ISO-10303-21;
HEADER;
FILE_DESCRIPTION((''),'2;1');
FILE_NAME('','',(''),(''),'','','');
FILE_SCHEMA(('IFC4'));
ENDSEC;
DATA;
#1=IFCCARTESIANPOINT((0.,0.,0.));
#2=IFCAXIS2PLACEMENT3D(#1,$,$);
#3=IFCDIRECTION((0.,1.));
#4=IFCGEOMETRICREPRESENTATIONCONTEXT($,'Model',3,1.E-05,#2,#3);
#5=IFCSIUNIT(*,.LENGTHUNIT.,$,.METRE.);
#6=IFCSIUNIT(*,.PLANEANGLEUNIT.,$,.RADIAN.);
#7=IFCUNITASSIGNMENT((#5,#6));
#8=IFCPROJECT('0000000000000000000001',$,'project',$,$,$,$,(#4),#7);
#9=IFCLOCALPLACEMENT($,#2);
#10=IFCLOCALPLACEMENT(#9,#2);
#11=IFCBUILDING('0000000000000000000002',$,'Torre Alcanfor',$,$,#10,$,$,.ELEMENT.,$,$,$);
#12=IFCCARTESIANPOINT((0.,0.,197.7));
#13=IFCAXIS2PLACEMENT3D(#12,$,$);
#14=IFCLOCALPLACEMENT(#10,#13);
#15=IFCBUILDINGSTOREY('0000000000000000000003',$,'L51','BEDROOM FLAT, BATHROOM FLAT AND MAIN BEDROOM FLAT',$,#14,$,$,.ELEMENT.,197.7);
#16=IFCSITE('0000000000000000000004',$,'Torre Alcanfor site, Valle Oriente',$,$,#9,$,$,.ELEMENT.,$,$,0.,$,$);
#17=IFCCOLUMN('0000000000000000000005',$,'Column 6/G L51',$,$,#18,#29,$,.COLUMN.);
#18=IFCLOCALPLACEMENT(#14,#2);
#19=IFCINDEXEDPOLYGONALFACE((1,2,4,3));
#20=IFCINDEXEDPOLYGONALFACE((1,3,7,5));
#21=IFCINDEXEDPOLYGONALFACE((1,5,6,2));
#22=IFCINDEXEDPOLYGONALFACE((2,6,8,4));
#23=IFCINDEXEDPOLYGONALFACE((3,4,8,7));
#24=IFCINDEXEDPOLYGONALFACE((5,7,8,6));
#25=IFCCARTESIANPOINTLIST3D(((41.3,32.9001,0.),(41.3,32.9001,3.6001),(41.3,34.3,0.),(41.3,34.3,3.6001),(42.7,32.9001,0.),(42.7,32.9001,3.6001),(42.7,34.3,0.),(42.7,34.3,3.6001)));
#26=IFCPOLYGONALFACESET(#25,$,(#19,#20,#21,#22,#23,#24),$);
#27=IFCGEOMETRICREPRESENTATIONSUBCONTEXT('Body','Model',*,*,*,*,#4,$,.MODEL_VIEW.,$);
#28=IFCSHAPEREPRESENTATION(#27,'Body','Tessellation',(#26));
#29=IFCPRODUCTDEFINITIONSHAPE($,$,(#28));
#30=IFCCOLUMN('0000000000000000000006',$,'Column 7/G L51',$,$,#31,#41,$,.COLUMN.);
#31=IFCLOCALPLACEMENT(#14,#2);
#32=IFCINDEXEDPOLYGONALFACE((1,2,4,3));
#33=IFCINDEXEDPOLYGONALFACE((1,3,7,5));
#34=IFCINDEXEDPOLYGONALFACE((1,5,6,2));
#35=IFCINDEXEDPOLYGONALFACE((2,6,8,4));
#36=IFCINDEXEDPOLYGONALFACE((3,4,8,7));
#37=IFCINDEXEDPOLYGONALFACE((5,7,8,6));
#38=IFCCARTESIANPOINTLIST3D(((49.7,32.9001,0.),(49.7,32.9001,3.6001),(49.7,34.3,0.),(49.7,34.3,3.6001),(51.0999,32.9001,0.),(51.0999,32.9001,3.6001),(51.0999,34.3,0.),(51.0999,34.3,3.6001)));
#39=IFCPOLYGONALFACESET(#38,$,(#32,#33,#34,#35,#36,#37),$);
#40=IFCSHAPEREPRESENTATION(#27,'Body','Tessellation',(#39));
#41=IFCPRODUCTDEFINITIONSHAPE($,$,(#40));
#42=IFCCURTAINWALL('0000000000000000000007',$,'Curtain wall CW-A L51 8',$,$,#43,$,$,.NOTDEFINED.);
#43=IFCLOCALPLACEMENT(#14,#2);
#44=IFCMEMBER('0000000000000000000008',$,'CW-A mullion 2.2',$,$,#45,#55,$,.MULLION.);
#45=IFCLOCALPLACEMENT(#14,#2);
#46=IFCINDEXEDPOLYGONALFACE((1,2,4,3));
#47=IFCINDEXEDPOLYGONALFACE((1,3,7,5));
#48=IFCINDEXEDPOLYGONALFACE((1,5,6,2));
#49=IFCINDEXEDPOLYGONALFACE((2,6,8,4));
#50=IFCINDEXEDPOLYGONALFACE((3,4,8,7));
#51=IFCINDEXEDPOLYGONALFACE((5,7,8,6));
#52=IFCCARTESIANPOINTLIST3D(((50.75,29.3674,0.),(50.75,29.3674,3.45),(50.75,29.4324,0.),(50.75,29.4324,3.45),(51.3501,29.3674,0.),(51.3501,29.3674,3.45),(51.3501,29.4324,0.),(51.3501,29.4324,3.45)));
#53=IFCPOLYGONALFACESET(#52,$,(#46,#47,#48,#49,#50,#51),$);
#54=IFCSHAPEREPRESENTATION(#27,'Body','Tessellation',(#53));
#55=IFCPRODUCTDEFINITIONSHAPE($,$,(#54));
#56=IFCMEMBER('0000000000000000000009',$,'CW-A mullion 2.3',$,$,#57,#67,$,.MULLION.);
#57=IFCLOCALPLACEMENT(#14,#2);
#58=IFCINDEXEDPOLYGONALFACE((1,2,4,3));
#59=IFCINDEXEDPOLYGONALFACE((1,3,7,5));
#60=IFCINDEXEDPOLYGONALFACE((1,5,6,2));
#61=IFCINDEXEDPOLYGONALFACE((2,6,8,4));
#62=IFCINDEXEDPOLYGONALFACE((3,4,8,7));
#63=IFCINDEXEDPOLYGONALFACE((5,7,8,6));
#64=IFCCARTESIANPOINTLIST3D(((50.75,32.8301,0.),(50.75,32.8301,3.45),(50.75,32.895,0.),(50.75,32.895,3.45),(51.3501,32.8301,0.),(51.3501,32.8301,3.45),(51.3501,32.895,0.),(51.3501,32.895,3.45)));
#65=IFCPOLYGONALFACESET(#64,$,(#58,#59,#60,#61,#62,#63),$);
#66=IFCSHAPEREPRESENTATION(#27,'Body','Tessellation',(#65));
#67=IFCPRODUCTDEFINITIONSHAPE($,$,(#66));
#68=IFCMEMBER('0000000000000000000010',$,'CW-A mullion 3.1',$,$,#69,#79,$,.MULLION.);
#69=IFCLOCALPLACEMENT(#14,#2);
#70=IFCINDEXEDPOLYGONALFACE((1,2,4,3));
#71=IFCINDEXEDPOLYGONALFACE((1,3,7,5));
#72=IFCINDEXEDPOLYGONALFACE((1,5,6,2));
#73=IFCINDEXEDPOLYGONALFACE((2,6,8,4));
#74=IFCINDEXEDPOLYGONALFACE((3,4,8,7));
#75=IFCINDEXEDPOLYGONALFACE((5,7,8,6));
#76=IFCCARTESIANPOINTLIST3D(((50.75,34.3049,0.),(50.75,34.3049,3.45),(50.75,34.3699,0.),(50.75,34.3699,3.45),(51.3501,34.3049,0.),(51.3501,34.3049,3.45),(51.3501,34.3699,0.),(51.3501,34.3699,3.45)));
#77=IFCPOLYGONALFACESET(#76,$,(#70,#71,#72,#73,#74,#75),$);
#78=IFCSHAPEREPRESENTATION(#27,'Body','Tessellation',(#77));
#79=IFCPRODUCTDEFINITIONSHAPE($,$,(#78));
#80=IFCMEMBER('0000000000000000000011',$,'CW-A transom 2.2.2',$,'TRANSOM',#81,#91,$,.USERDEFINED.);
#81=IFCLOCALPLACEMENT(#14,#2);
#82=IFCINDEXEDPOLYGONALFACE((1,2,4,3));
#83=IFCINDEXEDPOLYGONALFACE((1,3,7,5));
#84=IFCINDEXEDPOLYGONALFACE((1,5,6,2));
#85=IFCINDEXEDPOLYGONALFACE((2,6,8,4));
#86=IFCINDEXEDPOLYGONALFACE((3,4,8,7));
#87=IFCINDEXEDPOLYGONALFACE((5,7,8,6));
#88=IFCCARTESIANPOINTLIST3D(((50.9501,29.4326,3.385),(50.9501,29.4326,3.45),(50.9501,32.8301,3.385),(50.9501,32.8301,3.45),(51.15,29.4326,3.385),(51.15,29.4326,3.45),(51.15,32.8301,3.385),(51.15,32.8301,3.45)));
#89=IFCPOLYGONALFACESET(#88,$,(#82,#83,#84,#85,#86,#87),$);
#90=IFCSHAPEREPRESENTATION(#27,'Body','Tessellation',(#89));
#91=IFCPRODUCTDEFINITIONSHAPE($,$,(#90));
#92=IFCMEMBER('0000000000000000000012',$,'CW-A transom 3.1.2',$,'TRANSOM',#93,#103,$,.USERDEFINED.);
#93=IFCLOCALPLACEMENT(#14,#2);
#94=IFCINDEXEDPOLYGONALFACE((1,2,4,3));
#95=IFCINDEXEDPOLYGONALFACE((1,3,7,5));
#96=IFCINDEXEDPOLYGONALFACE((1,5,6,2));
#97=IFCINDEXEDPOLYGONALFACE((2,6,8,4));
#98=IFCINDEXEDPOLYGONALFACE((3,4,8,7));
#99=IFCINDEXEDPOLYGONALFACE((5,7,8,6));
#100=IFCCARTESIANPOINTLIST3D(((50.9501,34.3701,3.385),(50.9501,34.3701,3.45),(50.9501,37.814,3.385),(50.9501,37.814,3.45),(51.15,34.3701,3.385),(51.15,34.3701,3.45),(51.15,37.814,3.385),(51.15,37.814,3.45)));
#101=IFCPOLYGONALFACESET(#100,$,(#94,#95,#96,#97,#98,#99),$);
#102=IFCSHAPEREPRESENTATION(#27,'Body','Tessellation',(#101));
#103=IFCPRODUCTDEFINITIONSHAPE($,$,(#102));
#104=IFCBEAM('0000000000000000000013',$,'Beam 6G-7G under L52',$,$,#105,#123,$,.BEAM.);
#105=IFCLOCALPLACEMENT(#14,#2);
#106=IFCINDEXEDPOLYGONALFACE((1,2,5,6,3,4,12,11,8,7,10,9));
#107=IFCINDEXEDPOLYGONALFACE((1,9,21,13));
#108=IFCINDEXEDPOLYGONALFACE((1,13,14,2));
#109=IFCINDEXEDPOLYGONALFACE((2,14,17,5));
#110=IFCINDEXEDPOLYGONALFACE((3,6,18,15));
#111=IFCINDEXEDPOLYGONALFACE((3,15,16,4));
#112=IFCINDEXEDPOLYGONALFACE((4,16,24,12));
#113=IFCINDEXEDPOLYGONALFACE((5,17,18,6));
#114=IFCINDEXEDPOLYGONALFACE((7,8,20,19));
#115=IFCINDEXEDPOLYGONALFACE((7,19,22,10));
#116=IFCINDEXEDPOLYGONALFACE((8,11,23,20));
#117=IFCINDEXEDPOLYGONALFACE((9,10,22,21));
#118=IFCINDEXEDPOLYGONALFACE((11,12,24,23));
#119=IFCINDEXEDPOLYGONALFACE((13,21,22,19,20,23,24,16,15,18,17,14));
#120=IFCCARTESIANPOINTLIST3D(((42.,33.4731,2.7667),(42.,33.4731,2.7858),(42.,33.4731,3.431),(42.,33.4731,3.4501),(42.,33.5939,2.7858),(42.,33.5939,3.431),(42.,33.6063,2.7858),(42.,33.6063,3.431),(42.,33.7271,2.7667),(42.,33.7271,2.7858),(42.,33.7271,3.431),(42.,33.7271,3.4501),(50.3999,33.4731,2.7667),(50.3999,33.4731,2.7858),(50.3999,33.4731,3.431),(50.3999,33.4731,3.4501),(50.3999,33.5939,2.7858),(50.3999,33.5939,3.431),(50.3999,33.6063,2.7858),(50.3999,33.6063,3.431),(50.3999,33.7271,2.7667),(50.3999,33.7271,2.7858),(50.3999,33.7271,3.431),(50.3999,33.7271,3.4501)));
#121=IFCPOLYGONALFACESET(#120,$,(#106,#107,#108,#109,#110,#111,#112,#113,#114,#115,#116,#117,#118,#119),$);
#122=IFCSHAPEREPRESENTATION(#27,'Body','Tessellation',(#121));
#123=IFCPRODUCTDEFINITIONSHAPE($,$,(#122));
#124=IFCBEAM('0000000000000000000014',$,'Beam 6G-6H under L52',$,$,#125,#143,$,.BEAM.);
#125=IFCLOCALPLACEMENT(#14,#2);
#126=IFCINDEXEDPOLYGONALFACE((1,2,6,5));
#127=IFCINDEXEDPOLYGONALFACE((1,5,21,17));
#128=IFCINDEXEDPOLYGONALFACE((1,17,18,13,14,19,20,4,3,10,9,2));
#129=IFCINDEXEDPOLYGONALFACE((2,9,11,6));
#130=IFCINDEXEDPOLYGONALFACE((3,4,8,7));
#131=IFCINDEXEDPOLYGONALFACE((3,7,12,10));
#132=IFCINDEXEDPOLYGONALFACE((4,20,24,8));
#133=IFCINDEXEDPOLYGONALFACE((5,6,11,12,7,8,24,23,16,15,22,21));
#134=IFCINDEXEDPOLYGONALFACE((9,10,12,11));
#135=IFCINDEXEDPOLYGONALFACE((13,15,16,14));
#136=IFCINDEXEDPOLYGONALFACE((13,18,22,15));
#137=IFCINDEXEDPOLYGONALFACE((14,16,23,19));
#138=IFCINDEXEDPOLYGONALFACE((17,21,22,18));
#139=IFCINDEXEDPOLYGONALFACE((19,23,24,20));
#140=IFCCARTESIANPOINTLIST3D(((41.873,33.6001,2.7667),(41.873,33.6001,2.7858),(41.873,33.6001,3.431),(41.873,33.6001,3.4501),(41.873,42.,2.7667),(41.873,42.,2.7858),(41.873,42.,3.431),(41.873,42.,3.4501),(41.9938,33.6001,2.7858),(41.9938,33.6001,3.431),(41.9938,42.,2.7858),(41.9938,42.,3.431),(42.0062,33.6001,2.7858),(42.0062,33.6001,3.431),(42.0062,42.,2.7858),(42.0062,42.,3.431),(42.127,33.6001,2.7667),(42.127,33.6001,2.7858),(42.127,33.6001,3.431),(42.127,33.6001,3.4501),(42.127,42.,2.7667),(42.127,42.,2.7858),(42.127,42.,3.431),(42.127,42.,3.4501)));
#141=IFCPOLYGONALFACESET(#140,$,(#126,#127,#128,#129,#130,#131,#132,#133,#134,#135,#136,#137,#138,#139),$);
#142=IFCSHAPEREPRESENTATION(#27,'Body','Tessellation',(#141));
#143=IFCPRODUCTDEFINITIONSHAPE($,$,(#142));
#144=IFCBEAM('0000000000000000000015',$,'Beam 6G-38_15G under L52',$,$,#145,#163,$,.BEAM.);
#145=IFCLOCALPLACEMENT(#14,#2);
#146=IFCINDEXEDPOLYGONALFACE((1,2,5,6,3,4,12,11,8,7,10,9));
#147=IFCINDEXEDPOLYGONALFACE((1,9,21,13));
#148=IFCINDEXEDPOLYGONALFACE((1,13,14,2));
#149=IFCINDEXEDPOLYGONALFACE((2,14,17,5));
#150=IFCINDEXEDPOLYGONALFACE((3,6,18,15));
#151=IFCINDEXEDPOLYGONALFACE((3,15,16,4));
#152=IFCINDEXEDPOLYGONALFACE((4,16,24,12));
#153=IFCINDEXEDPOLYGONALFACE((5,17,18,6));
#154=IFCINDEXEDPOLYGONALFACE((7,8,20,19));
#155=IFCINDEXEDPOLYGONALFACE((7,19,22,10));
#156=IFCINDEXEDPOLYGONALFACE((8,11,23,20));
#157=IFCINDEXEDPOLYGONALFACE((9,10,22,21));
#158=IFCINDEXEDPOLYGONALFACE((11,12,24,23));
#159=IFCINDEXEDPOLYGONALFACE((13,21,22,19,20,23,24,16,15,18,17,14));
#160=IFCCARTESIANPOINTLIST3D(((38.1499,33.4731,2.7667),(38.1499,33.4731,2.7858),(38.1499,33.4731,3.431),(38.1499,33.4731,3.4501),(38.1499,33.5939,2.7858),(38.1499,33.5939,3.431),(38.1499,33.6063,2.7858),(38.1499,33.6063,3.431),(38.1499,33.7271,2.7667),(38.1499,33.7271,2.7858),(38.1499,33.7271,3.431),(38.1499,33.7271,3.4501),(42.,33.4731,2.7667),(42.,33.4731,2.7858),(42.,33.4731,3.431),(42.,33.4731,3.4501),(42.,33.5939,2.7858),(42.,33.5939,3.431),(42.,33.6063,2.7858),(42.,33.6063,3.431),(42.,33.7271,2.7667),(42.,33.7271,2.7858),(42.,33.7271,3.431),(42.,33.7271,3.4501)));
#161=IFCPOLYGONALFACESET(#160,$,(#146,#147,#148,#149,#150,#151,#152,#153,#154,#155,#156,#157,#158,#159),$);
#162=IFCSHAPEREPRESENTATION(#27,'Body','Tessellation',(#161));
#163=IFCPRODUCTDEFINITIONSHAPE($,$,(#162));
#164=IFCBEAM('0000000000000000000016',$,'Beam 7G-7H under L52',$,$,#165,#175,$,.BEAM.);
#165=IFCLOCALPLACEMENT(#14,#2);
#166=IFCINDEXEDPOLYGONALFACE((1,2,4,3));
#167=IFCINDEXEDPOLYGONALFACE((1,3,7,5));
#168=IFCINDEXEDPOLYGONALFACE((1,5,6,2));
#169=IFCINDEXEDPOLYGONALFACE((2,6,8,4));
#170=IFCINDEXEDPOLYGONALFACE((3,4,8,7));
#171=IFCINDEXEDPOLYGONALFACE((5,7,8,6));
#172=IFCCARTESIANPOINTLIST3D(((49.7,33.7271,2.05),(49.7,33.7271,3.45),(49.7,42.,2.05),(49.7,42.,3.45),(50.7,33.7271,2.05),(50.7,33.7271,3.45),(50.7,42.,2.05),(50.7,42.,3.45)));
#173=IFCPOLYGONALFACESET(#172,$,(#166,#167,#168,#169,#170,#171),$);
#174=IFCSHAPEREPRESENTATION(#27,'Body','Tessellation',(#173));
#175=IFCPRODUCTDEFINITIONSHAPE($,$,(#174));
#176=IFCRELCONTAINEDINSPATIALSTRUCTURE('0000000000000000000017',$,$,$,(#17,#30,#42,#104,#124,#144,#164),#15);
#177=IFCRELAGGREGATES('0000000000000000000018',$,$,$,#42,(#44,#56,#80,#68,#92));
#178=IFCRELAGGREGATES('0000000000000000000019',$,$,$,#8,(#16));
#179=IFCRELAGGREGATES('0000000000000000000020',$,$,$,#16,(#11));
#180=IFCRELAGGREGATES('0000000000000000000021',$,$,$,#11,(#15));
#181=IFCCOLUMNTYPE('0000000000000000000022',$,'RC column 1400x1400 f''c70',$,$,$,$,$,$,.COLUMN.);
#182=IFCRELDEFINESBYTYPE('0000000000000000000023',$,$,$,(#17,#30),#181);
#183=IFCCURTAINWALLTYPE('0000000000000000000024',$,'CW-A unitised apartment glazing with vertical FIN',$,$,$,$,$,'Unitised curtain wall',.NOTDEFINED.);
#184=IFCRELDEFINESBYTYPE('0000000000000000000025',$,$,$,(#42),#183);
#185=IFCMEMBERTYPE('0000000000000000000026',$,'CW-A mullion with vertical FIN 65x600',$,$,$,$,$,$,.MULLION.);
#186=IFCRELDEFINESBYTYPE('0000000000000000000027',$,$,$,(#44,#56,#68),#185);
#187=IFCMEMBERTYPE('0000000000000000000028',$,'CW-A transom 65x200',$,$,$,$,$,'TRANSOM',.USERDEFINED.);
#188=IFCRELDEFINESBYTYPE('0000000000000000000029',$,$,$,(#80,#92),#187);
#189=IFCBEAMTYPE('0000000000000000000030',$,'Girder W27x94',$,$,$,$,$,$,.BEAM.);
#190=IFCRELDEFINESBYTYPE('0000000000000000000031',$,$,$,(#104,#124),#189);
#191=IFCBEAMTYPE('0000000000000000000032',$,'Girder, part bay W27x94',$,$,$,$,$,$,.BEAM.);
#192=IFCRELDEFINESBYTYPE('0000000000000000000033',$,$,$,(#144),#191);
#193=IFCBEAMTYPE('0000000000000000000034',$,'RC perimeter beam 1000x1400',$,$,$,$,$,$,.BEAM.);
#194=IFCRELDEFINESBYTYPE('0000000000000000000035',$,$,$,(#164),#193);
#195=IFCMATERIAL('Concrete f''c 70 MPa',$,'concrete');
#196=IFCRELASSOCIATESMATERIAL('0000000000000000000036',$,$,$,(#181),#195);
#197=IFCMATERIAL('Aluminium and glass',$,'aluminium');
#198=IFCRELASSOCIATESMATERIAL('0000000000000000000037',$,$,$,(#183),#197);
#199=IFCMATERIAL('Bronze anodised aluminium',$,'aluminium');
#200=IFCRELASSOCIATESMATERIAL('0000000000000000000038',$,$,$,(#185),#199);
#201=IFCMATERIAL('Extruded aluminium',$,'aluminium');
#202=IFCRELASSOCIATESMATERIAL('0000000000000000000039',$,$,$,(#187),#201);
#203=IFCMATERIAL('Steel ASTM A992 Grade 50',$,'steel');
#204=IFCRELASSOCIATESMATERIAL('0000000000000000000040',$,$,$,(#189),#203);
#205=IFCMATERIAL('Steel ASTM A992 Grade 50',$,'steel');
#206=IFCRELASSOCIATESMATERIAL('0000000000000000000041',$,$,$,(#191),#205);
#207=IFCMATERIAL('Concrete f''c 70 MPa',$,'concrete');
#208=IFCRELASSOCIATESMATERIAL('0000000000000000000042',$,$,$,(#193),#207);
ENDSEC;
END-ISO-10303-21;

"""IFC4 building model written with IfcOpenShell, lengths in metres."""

from ifc_helpers import new_model, si_unit, direction, frame, origin, origin_2d, place, context, subcontext, project, spatial, rectangle, i_section, extrude, material, material_profile, profile_set, type_object, element, aggregate, save


model = new_model("IFC4")

# Units and contexts
model_context = context("Model", 3, precision=1e-05, world=origin(), true_north=direction((0.0, 1.0)))
body_context = subcontext(model_context, "Body", "Model", "MODEL_VIEW")
ifc_project = project(units=[si_unit("LENGTHUNIT", "METRE"), si_unit("PLANEANGLEUNIT", "RADIAN")], contexts=[model_context])

# Site, building, storey
site_placement = place(None, origin())
site = spatial("IfcSite", under=ifc_project, at=site_placement, Name="Torre Alcanfor site, Valle Oriente", CompositionType="ELEMENT", RefElevation=0.0)
building_placement = place(site_placement, origin())
building = spatial("IfcBuilding", under=site, at=building_placement, Name="Torre Alcanfor", CompositionType="ELEMENT")
storey_placement = place(building_placement, frame((0.0, 0.0, 197.7)))
storey = spatial("IfcBuildingStorey", under=building, at=storey_placement, Name="L51", Description="BEDROOM FLAT, BATHROOM FLAT AND MAIN BEDROOM FLAT", CompositionType="ELEMENT", Elevation=197.7)

# Columns
ifc_material_1 = material(Name="Concrete f'c 70 MPa", Category="concrete")
ifc_material_profile_1 = material_profile(ifc_material_1, rectangle(XDim=1.3999, YDim=1.3999, at=origin_2d()), Name="1400x1400")
ifc_profile_set_1 = profile_set([ifc_material_profile_1], Name="Concrete f'c 70 MPa")
column_type = type_object("IfcColumnType", Name="RC column 1400x1400 f'c70", PredefinedType="COLUMN", material=ifc_profile_set_1)
for number, where, z_axis, x_axis, name in (
    (1, (42.0, 33.6001, 0.0), (0.0, 0.0, 1.0), (1.0, 0.0, 0.0), "Column 6/G L51"),
    (2, (50.3999, 33.6001, 0.0), (0.0, 0.0, 1.0), (1.0, 0.0, 0.0), "Column 7/G L51"),
):
    element("IfcColumn", number, at=place(storey_placement, frame(where, z_axis=z_axis, x_axis=x_axis)), inside=storey, type_object=column_type, Name=name, PredefinedType="COLUMN", context=body_context, shape_type="SweptSolid", body=[
        extrude(rectangle(XDim=1.3999, YDim=1.3999, at=origin_2d()), origin(), (0.0, 0.0, 1.0), 3.6001),
    ])

# Curtain wall, members
ifc_material_2 = material(Name="Aluminium and glass", Category="aluminium")
curtain_wall_type = type_object("IfcCurtainWallType", Name="CW-A unitised apartment glazing with vertical FIN", ElementType="Unitised curtain wall", PredefinedType="NOTDEFINED", material=ifc_material_2)
curtain_wall_placement = place(storey_placement, origin())
curtain_wall = element("IfcCurtainWall", 3, at=curtain_wall_placement, inside=storey, type_object=curtain_wall_type, Name="Curtain wall CW-A L51 8", PredefinedType="NOTDEFINED")
ifc_material_3 = material(Name="Bronze anodised aluminium", Category="aluminium")
ifc_material_profile_2 = material_profile(ifc_material_3, rectangle(XDim=0.6001, YDim=0.0649, at=origin_2d()), Name="CW-A mullion 65x600")
ifc_profile_set_2 = profile_set([ifc_material_profile_2], Name="Bronze anodised aluminium")
member_type_1 = type_object("IfcMemberType", Name="CW-A mullion with vertical FIN 65x600", PredefinedType="MULLION", material=ifc_profile_set_2)
member_1_placement = place(storey_placement, frame((51.05, 29.3999, 0.0), z_axis=(0.0, 0.0, 1.0), x_axis=(-1.0, 0.0, 0.0)))
member_1 = element("IfcMember", 4, at=member_1_placement, type_object=member_type_1, Name="CW-A mullion 2.2", PredefinedType="MULLION", context=body_context, shape_type="SweptSolid", body=[
    extrude(rectangle(XDim=0.6001, YDim=0.0649, at=origin_2d()), origin(), (0.0, 0.0, 1.0), 3.45),
])
member_2_placement = place(storey_placement, frame((51.05, 32.8625, 0.0), z_axis=(0.0, 0.0, 1.0), x_axis=(-1.0, 0.0, 0.0)))
member_2 = element("IfcMember", 5, at=member_2_placement, type_object=member_type_1, Name="CW-A mullion 2.3", PredefinedType="MULLION", context=body_context, shape_type="SweptSolid", body=[
    extrude(rectangle(XDim=0.6001, YDim=0.0649, at=origin_2d()), origin(), (0.0, 0.0, 1.0), 3.45),
])
member_3_placement = place(storey_placement, frame((51.05, 34.3374, 0.0), z_axis=(0.0, 0.0, 1.0), x_axis=(-1.0, 0.0, 0.0)))
member_3 = element("IfcMember", 6, at=member_3_placement, type_object=member_type_1, Name="CW-A mullion 3.1", PredefinedType="MULLION", context=body_context, shape_type="SweptSolid", body=[
    extrude(rectangle(XDim=0.6001, YDim=0.0649, at=origin_2d()), origin(), (0.0, 0.0, 1.0), 3.45),
])
ifc_material_4 = material(Name="Extruded aluminium", Category="aluminium")
ifc_material_profile_3 = material_profile(ifc_material_4, rectangle(XDim=0.2, YDim=0.0649, at=origin_2d()), Name="CW-A transom 200x65")
ifc_profile_set_3 = profile_set([ifc_material_profile_3], Name="Extruded aluminium")
member_type_2 = type_object("IfcMemberType", Name="CW-A transom 65x200", ElementType="TRANSOM", PredefinedType="USERDEFINED", material=ifc_profile_set_3)
member_4_placement = place(storey_placement, frame((51.05, 29.4326, 3.4175), z_axis=(0.0, 1.0, 0.0), x_axis=(-1.0, 0.0, 0.0)))
member_4 = element("IfcMember", 7, at=member_4_placement, type_object=member_type_2, Name="CW-A transom 2.2.2", ObjectType="TRANSOM", PredefinedType="USERDEFINED", context=body_context, shape_type="SweptSolid", body=[
    extrude(rectangle(XDim=0.2, YDim=0.0649, at=origin_2d()), origin(), (0.0, 0.0, 1.0), 3.3975),
])
member_5_placement = place(storey_placement, frame((51.05, 34.3701, 3.4175), z_axis=(0.0, 1.0, 0.0), x_axis=(-1.0, 0.0, 0.0)))
member_5 = element("IfcMember", 8, at=member_5_placement, type_object=member_type_2, Name="CW-A transom 3.1.2", ObjectType="TRANSOM", PredefinedType="USERDEFINED", context=body_context, shape_type="SweptSolid", body=[
    extrude(rectangle(XDim=0.2, YDim=0.0649, at=origin_2d()), origin(), (0.0, 0.0, 1.0), 3.4438),
])

# Beams
ifc_material_5 = material(Name="Steel ASTM A992 Grade 50", Category="steel")
ifc_material_profile_4 = material_profile(ifc_material_5, i_section(OverallWidth=0.2539, OverallDepth=0.6833, WebThickness=0.0125, FlangeThickness=0.019, at=origin_2d()), Name="W27x94")
ifc_profile_set_4 = profile_set([ifc_material_profile_4], Name="Steel ASTM A992 Grade 50")
beam_type_1 = type_object("IfcBeamType", Name="Girder W27x94", PredefinedType="BEAM", material=ifc_profile_set_4)
for number, where, z_axis, x_axis, name in (
    (9, (42.0, 33.6001, 3.1084), (1.0, 0.0, 0.0), (0.0, 1.0, 0.0), "Beam 6G-7G under L52"),
    (10, (42.0, 33.6001, 3.1084), (0.0, 1.0, 0.0), (-1.0, 0.0, 0.0), "Beam 6G-6H under L52"),
):
    element("IfcBeam", number, at=place(storey_placement, frame(where, z_axis=z_axis, x_axis=x_axis)), inside=storey, type_object=beam_type_1, Name=name, PredefinedType="BEAM", context=body_context, shape_type="SweptSolid", body=[
        extrude(i_section(OverallWidth=0.2539, OverallDepth=0.6833, WebThickness=0.0125, FlangeThickness=0.019, at=origin_2d()), origin(), (0.0, 0.0, 1.0), 8.3999),
    ])
ifc_material_6 = material(Name="Steel ASTM A992 Grade 50", Category="steel")
ifc_material_profile_5 = material_profile(ifc_material_6, i_section(OverallWidth=0.2539, OverallDepth=0.6833, WebThickness=0.0125, FlangeThickness=0.019, at=origin_2d()), Name="W27x94")
ifc_profile_set_5 = profile_set([ifc_material_profile_5], Name="Steel ASTM A992 Grade 50")
beam_type_2 = type_object("IfcBeamType", Name="Girder, part bay W27x94", PredefinedType="BEAM", material=ifc_profile_set_5)
beam_1_placement = place(storey_placement, frame((42.0, 33.6001, 3.1084), z_axis=(-1.0, 0.0, 0.0), x_axis=(0.0, -1.0, 0.0)))
element("IfcBeam", 11, at=beam_1_placement, inside=storey, type_object=beam_type_2, Name="Beam 6G-38_15G under L52", PredefinedType="BEAM", context=body_context, shape_type="SweptSolid", body=[
    extrude(i_section(OverallWidth=0.2539, OverallDepth=0.6833, WebThickness=0.0125, FlangeThickness=0.019, at=origin_2d()), origin(), (0.0, 0.0, 1.0), 3.8501),
])
ifc_material_7 = material(Name="Concrete f'c 70 MPa", Category="concrete")
ifc_material_profile_6 = material_profile(ifc_material_7, rectangle(XDim=1.0, YDim=1.3999, at=origin_2d()), Name="1000x1400")
ifc_profile_set_6 = profile_set([ifc_material_profile_6], Name="Concrete f'c 70 MPa")
beam_type_3 = type_object("IfcBeamType", Name="RC perimeter beam 1000x1400", PredefinedType="BEAM", material=ifc_profile_set_6)
beam_2_placement = place(storey_placement, frame((50.2, 33.7271, 2.75), z_axis=(0.0, 1.0, 0.0), x_axis=(-1.0, 0.0, 0.0)))
element("IfcBeam", 12, at=beam_2_placement, inside=storey, type_object=beam_type_3, Name="Beam 7G-7H under L52", PredefinedType="BEAM", context=body_context, shape_type="SweptSolid", body=[
    extrude(rectangle(XDim=1.0, YDim=1.3999, at=origin_2d()), origin(), (0.0, 0.0, 1.0), 8.2729),
])

aggregate(curtain_wall, [member_1, member_2, member_4, member_3, member_5])

save(model, "model.ifc")
